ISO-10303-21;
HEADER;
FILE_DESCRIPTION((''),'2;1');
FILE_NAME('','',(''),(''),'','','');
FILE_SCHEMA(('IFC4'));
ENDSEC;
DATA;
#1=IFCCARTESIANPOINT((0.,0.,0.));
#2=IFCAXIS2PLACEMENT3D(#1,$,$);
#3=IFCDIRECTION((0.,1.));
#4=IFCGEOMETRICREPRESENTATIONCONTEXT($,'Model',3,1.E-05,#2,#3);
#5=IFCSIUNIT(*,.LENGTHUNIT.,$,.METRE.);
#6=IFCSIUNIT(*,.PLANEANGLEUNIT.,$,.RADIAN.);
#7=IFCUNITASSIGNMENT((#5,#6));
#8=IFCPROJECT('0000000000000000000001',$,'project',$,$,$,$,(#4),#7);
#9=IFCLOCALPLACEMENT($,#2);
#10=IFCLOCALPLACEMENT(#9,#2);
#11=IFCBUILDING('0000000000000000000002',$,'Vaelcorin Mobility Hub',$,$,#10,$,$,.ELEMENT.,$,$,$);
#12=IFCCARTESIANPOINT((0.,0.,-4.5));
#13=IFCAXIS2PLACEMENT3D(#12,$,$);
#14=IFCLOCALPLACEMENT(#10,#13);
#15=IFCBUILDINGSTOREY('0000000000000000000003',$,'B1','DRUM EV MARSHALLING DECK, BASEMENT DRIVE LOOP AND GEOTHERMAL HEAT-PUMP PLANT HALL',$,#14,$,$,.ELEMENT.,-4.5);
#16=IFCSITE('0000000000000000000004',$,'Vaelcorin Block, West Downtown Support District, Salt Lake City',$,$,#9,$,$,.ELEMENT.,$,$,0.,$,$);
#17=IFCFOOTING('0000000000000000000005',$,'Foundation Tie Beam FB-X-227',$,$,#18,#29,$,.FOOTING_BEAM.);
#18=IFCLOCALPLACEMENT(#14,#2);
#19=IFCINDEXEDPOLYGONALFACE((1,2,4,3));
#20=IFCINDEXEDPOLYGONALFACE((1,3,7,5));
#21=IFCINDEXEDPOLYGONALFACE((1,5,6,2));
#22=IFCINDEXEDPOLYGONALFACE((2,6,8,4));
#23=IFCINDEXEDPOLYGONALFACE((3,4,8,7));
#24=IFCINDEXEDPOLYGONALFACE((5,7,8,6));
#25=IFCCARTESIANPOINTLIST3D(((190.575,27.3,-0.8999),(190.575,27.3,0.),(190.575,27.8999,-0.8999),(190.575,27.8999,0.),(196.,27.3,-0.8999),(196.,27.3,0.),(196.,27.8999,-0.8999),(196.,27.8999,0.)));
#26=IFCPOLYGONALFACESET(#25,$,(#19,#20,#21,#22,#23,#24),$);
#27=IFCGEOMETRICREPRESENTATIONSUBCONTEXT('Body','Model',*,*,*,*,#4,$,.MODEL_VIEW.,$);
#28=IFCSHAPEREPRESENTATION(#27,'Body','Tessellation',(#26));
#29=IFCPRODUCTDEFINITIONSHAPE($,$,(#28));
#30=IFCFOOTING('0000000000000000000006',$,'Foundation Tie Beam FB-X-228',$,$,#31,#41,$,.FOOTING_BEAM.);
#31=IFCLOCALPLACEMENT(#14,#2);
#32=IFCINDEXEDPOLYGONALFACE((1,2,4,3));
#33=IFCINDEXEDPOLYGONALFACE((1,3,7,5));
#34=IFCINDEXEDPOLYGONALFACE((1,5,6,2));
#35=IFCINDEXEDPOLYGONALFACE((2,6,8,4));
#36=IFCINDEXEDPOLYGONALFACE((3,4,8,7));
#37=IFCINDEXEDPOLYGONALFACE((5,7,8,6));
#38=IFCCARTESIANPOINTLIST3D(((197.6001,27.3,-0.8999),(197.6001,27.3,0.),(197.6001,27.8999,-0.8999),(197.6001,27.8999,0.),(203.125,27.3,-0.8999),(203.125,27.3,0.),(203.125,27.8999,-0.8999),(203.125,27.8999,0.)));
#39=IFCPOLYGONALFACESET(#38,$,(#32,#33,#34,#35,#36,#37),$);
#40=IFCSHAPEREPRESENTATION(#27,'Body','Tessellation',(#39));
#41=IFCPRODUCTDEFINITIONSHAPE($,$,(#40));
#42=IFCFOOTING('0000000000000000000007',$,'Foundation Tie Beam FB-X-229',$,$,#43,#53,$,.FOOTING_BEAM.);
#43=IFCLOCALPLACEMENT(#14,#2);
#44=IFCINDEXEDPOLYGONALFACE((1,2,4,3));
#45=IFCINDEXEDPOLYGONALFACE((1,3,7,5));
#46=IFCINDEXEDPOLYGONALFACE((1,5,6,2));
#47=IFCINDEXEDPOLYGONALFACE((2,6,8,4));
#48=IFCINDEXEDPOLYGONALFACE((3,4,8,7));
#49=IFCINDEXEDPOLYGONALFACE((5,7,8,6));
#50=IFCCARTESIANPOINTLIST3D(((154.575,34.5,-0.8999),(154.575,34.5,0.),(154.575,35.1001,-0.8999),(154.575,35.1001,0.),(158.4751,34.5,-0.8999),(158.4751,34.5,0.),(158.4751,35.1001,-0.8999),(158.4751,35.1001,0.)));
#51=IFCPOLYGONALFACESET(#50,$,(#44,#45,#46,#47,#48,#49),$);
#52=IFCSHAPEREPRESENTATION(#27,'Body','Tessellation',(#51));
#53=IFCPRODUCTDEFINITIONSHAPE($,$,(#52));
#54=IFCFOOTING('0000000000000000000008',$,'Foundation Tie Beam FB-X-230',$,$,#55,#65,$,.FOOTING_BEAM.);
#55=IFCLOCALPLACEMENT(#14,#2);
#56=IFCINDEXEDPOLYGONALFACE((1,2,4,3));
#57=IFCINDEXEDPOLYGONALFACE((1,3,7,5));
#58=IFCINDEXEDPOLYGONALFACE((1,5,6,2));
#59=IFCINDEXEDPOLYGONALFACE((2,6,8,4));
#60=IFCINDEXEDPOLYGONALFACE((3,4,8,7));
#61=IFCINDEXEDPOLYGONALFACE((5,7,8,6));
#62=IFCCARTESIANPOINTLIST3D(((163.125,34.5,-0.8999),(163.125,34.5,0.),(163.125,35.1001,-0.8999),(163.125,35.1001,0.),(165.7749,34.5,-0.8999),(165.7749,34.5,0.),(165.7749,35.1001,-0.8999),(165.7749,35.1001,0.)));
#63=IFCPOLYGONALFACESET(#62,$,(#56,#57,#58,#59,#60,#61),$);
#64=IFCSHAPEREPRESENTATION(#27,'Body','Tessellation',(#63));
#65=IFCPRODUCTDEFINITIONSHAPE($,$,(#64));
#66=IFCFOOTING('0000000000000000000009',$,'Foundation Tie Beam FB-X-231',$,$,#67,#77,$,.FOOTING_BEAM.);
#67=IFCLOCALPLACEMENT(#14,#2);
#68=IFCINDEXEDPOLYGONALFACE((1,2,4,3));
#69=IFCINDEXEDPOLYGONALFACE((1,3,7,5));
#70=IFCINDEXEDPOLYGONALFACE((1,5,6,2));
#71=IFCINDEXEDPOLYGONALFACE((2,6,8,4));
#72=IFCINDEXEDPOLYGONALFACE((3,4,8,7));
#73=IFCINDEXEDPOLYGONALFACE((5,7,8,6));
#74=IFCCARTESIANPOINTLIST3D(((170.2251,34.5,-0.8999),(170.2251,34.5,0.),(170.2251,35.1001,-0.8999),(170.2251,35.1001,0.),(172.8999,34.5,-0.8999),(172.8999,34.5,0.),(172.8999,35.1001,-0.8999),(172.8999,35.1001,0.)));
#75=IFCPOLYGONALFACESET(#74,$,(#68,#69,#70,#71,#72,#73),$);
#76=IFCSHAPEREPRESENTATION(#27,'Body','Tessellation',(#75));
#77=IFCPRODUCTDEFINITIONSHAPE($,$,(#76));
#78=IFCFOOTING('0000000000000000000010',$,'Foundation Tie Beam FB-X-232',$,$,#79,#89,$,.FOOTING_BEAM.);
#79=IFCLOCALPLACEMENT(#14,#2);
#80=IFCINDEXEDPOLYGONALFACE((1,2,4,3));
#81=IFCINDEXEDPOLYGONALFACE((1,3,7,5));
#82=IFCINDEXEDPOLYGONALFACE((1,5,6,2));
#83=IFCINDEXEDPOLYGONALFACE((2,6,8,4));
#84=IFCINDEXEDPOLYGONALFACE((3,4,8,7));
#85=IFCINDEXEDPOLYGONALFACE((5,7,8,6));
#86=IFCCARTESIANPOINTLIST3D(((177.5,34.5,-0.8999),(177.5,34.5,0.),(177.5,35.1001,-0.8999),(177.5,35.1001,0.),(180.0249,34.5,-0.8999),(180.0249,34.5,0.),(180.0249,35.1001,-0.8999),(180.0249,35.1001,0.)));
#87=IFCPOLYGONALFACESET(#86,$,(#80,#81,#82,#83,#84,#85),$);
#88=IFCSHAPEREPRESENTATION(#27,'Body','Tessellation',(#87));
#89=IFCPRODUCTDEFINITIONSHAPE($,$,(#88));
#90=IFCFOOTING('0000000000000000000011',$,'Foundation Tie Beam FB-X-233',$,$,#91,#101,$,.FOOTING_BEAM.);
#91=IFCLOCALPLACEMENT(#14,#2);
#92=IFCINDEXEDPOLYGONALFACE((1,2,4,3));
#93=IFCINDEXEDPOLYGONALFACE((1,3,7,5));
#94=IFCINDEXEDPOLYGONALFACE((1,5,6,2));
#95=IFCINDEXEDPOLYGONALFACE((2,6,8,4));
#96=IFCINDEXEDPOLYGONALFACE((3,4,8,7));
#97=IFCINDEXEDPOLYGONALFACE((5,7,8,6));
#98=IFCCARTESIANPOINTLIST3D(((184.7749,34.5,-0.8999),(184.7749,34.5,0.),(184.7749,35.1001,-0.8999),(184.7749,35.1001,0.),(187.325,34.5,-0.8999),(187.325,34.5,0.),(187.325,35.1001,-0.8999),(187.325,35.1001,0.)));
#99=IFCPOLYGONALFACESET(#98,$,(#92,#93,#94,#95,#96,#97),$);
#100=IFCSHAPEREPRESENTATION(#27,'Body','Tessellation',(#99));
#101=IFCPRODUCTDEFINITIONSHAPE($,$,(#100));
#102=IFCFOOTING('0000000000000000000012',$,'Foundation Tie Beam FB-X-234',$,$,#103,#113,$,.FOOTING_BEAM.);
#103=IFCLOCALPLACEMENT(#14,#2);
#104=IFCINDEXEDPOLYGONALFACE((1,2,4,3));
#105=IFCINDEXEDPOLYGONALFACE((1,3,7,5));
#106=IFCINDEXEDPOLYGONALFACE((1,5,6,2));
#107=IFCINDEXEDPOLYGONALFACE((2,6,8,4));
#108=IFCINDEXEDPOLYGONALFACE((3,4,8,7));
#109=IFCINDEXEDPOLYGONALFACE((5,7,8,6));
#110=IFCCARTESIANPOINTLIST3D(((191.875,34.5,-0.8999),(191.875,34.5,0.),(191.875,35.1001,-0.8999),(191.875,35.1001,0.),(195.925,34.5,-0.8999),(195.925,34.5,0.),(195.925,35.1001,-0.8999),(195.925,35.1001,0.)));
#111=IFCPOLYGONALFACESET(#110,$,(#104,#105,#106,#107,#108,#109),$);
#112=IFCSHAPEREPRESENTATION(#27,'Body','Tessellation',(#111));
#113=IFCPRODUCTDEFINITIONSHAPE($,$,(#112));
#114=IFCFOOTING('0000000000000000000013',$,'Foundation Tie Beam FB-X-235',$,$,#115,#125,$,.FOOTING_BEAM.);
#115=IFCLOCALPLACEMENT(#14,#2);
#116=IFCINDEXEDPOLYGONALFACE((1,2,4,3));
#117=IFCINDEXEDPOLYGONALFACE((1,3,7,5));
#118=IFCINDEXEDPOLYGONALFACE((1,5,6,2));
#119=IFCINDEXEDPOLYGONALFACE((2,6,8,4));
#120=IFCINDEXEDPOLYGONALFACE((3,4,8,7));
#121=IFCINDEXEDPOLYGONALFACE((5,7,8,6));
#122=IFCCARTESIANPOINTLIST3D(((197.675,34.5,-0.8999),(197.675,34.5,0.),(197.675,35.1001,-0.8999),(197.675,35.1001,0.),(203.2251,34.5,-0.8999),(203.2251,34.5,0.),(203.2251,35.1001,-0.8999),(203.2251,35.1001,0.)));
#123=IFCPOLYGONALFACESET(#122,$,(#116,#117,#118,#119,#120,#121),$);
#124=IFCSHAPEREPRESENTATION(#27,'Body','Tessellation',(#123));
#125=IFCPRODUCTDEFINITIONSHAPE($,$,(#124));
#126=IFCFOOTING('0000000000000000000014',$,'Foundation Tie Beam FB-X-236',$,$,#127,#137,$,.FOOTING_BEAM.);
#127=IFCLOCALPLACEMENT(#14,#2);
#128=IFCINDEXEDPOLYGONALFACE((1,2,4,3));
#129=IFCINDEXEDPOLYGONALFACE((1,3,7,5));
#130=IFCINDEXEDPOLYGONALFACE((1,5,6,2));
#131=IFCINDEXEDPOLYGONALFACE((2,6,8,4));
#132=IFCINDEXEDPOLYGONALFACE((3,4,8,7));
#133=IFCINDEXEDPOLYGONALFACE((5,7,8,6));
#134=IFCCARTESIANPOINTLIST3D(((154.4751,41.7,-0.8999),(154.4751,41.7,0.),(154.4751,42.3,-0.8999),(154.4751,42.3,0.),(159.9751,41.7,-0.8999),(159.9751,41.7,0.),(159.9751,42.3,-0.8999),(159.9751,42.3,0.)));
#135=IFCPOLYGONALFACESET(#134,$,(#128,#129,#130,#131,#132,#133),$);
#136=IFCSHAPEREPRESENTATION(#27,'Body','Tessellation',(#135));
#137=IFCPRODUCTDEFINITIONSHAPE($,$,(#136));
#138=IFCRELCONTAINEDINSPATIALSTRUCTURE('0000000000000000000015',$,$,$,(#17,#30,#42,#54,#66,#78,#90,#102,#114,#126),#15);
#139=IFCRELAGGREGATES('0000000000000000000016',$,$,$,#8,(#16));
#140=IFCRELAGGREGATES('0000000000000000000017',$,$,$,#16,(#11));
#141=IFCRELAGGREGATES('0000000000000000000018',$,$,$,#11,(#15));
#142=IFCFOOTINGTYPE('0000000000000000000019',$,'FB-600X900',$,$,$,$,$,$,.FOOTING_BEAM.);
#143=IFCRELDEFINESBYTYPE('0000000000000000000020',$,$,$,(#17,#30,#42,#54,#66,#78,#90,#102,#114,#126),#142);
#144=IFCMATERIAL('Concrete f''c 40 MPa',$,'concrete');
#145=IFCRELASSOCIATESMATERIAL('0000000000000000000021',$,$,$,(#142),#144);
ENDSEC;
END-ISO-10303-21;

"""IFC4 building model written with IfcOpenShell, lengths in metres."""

from ifc_helpers import new_model, si_unit, direction, frame, origin, place, context, subcontext, project, spatial, polyline, outline, extrude, material, type_object, element, save


model = new_model("IFC4")

# Units and contexts
model_context = context("Model", 3, precision=1e-05, world=origin(), true_north=direction((0.0, 1.0)))
body_context = subcontext(model_context, "Body", "Model", "MODEL_VIEW")
ifc_project = project(units=[si_unit("LENGTHUNIT", "METRE"), si_unit("PLANEANGLEUNIT", "RADIAN")], contexts=[model_context])

# Site, building, storey
site_placement = place(None, origin())
site = spatial("IfcSite", under=ifc_project, at=site_placement, Name="Vaelcorin Block, West Downtown Support District, Salt Lake City", CompositionType="ELEMENT", RefElevation=0.0)
building_placement = place(site_placement, origin())
building = spatial("IfcBuilding", under=site, at=building_placement, Name="Vaelcorin Mobility Hub", CompositionType="ELEMENT")
storey_placement = place(building_placement, frame((0.0, 0.0, -4.5)))
storey = spatial("IfcBuildingStorey", under=building, at=storey_placement, Name="B1", Description="DRUM EV MARSHALLING DECK, BASEMENT DRIVE LOOP AND GEOTHERMAL HEAT-PUMP PLANT HALL", CompositionType="ELEMENT", Elevation=-4.5)

# Footings
ifc_material = material(Name="Concrete f'c 40 MPa", Category="concrete")
footing_type = type_object("IfcFootingType", Name="FB-600X900", PredefinedType="FOOTING_BEAM", material=ifc_material)
footing_1_placement = place(storey_placement, frame((0.0, 0.0, -0.8999)))
element("IfcFooting", 1, at=footing_1_placement, inside=storey, type_object=footing_type, Name="Foundation Tie Beam FB-X-227", PredefinedType="FOOTING_BEAM", context=body_context, shape_type="SweptSolid", body=[
    extrude(outline(polyline([(190.575, 27.3), (196.0, 27.3), (196.0, 27.8999), (190.575, 27.8999), (190.575, 27.3)])), origin(), (0.0, 0.0, 1.0), 0.8999),
])
footing_2_placement = place(storey_placement, frame((0.0, 0.0, -0.8999)))
element("IfcFooting", 2, at=footing_2_placement, inside=storey, type_object=footing_type, Name="Foundation Tie Beam FB-X-228", PredefinedType="FOOTING_BEAM", context=body_context, shape_type="SweptSolid", body=[
    extrude(outline(polyline([(197.6001, 27.3), (203.125, 27.3), (203.125, 27.8999), (197.6001, 27.8999), (197.6001, 27.3)])), origin(), (0.0, 0.0, 1.0), 0.8999),
])
footing_3_placement = place(storey_placement, frame((0.0, 0.0, -0.8999)))
element("IfcFooting", 3, at=footing_3_placement, inside=storey, type_object=footing_type, Name="Foundation Tie Beam FB-X-229", PredefinedType="FOOTING_BEAM", context=body_context, shape_type="SweptSolid", body=[
    extrude(outline(polyline([(154.575, 34.5), (158.4751, 34.5), (158.4751, 35.1001), (154.575, 35.1001), (154.575, 34.5)])), origin(), (0.0, 0.0, 1.0), 0.8999),
])
footing_4_placement = place(storey_placement, frame((0.0, 0.0, -0.8999)))
element("IfcFooting", 4, at=footing_4_placement, inside=storey, type_object=footing_type, Name="Foundation Tie Beam FB-X-230", PredefinedType="FOOTING_BEAM", context=body_context, shape_type="SweptSolid", body=[
    extrude(outline(polyline([(163.125, 34.5), (165.7749, 34.5), (165.7749, 35.1001), (163.125, 35.1001), (163.125, 34.5)])), origin(), (0.0, 0.0, 1.0), 0.8999),
])
footing_5_placement = place(storey_placement, frame((0.0, 0.0, -0.8999)))
element("IfcFooting", 5, at=footing_5_placement, inside=storey, type_object=footing_type, Name="Foundation Tie Beam FB-X-231", PredefinedType="FOOTING_BEAM", context=body_context, shape_type="SweptSolid", body=[
    extrude(outline(polyline([(170.2251, 34.5), (172.8999, 34.5), (172.8999, 35.1001), (170.2251, 35.1001), (170.2251, 34.5)])), origin(), (0.0, 0.0, 1.0), 0.8999),
])
footing_6_placement = place(storey_placement, frame((0.0, 0.0, -0.8999)))
element("IfcFooting", 6, at=footing_6_placement, inside=storey, type_object=footing_type, Name="Foundation Tie Beam FB-X-232", PredefinedType="FOOTING_BEAM", context=body_context, shape_type="SweptSolid", body=[
    extrude(outline(polyline([(177.5, 34.5), (180.0249, 34.5), (180.0249, 35.1001), (177.5, 35.1001), (177.5, 34.5)])), origin(), (0.0, 0.0, 1.0), 0.8999),
])
footing_7_placement = place(storey_placement, frame((0.0, 0.0, -0.8999)))
element("IfcFooting", 7, at=footing_7_placement, inside=storey, type_object=footing_type, Name="Foundation Tie Beam FB-X-233", PredefinedType="FOOTING_BEAM", context=body_context, shape_type="SweptSolid", body=[
    extrude(outline(polyline([(184.7749, 34.5), (187.325, 34.5), (187.325, 35.1001), (184.7749, 35.1001), (184.7749, 34.5)])), origin(), (0.0, 0.0, 1.0), 0.8999),
])
footing_8_placement = place(storey_placement, frame((0.0, 0.0, -0.8999)))
element("IfcFooting", 8, at=footing_8_placement, inside=storey, type_object=footing_type, Name="Foundation Tie Beam FB-X-234", PredefinedType="FOOTING_BEAM", context=body_context, shape_type="SweptSolid", body=[
    extrude(outline(polyline([(191.875, 34.5), (195.925, 34.5), (195.925, 35.1001), (191.875, 35.1001), (191.875, 34.5)])), origin(), (0.0, 0.0, 1.0), 0.8999),
])
footing_9_placement = place(storey_placement, frame((0.0, 0.0, -0.8999)))
element("IfcFooting", 9, at=footing_9_placement, inside=storey, type_object=footing_type, Name="Foundation Tie Beam FB-X-235", PredefinedType="FOOTING_BEAM", context=body_context, shape_type="SweptSolid", body=[
    extrude(outline(polyline([(197.675, 34.5), (203.2251, 34.5), (203.2251, 35.1001), (197.675, 35.1001), (197.675, 34.5)])), origin(), (0.0, 0.0, 1.0), 0.8999),
])
footing_10_placement = place(storey_placement, frame((0.0, 0.0, -0.8999)))
element("IfcFooting", 10, at=footing_10_placement, inside=storey, type_object=footing_type, Name="Foundation Tie Beam FB-X-236", PredefinedType="FOOTING_BEAM", context=body_context, shape_type="SweptSolid", body=[
    extrude(outline(polyline([(154.4751, 41.7), (159.9751, 41.7), (159.9751, 42.3), (154.4751, 42.3), (154.4751, 41.7)])), origin(), (0.0, 0.0, 1.0), 0.8999),
])

save(model, "model.ifc")
